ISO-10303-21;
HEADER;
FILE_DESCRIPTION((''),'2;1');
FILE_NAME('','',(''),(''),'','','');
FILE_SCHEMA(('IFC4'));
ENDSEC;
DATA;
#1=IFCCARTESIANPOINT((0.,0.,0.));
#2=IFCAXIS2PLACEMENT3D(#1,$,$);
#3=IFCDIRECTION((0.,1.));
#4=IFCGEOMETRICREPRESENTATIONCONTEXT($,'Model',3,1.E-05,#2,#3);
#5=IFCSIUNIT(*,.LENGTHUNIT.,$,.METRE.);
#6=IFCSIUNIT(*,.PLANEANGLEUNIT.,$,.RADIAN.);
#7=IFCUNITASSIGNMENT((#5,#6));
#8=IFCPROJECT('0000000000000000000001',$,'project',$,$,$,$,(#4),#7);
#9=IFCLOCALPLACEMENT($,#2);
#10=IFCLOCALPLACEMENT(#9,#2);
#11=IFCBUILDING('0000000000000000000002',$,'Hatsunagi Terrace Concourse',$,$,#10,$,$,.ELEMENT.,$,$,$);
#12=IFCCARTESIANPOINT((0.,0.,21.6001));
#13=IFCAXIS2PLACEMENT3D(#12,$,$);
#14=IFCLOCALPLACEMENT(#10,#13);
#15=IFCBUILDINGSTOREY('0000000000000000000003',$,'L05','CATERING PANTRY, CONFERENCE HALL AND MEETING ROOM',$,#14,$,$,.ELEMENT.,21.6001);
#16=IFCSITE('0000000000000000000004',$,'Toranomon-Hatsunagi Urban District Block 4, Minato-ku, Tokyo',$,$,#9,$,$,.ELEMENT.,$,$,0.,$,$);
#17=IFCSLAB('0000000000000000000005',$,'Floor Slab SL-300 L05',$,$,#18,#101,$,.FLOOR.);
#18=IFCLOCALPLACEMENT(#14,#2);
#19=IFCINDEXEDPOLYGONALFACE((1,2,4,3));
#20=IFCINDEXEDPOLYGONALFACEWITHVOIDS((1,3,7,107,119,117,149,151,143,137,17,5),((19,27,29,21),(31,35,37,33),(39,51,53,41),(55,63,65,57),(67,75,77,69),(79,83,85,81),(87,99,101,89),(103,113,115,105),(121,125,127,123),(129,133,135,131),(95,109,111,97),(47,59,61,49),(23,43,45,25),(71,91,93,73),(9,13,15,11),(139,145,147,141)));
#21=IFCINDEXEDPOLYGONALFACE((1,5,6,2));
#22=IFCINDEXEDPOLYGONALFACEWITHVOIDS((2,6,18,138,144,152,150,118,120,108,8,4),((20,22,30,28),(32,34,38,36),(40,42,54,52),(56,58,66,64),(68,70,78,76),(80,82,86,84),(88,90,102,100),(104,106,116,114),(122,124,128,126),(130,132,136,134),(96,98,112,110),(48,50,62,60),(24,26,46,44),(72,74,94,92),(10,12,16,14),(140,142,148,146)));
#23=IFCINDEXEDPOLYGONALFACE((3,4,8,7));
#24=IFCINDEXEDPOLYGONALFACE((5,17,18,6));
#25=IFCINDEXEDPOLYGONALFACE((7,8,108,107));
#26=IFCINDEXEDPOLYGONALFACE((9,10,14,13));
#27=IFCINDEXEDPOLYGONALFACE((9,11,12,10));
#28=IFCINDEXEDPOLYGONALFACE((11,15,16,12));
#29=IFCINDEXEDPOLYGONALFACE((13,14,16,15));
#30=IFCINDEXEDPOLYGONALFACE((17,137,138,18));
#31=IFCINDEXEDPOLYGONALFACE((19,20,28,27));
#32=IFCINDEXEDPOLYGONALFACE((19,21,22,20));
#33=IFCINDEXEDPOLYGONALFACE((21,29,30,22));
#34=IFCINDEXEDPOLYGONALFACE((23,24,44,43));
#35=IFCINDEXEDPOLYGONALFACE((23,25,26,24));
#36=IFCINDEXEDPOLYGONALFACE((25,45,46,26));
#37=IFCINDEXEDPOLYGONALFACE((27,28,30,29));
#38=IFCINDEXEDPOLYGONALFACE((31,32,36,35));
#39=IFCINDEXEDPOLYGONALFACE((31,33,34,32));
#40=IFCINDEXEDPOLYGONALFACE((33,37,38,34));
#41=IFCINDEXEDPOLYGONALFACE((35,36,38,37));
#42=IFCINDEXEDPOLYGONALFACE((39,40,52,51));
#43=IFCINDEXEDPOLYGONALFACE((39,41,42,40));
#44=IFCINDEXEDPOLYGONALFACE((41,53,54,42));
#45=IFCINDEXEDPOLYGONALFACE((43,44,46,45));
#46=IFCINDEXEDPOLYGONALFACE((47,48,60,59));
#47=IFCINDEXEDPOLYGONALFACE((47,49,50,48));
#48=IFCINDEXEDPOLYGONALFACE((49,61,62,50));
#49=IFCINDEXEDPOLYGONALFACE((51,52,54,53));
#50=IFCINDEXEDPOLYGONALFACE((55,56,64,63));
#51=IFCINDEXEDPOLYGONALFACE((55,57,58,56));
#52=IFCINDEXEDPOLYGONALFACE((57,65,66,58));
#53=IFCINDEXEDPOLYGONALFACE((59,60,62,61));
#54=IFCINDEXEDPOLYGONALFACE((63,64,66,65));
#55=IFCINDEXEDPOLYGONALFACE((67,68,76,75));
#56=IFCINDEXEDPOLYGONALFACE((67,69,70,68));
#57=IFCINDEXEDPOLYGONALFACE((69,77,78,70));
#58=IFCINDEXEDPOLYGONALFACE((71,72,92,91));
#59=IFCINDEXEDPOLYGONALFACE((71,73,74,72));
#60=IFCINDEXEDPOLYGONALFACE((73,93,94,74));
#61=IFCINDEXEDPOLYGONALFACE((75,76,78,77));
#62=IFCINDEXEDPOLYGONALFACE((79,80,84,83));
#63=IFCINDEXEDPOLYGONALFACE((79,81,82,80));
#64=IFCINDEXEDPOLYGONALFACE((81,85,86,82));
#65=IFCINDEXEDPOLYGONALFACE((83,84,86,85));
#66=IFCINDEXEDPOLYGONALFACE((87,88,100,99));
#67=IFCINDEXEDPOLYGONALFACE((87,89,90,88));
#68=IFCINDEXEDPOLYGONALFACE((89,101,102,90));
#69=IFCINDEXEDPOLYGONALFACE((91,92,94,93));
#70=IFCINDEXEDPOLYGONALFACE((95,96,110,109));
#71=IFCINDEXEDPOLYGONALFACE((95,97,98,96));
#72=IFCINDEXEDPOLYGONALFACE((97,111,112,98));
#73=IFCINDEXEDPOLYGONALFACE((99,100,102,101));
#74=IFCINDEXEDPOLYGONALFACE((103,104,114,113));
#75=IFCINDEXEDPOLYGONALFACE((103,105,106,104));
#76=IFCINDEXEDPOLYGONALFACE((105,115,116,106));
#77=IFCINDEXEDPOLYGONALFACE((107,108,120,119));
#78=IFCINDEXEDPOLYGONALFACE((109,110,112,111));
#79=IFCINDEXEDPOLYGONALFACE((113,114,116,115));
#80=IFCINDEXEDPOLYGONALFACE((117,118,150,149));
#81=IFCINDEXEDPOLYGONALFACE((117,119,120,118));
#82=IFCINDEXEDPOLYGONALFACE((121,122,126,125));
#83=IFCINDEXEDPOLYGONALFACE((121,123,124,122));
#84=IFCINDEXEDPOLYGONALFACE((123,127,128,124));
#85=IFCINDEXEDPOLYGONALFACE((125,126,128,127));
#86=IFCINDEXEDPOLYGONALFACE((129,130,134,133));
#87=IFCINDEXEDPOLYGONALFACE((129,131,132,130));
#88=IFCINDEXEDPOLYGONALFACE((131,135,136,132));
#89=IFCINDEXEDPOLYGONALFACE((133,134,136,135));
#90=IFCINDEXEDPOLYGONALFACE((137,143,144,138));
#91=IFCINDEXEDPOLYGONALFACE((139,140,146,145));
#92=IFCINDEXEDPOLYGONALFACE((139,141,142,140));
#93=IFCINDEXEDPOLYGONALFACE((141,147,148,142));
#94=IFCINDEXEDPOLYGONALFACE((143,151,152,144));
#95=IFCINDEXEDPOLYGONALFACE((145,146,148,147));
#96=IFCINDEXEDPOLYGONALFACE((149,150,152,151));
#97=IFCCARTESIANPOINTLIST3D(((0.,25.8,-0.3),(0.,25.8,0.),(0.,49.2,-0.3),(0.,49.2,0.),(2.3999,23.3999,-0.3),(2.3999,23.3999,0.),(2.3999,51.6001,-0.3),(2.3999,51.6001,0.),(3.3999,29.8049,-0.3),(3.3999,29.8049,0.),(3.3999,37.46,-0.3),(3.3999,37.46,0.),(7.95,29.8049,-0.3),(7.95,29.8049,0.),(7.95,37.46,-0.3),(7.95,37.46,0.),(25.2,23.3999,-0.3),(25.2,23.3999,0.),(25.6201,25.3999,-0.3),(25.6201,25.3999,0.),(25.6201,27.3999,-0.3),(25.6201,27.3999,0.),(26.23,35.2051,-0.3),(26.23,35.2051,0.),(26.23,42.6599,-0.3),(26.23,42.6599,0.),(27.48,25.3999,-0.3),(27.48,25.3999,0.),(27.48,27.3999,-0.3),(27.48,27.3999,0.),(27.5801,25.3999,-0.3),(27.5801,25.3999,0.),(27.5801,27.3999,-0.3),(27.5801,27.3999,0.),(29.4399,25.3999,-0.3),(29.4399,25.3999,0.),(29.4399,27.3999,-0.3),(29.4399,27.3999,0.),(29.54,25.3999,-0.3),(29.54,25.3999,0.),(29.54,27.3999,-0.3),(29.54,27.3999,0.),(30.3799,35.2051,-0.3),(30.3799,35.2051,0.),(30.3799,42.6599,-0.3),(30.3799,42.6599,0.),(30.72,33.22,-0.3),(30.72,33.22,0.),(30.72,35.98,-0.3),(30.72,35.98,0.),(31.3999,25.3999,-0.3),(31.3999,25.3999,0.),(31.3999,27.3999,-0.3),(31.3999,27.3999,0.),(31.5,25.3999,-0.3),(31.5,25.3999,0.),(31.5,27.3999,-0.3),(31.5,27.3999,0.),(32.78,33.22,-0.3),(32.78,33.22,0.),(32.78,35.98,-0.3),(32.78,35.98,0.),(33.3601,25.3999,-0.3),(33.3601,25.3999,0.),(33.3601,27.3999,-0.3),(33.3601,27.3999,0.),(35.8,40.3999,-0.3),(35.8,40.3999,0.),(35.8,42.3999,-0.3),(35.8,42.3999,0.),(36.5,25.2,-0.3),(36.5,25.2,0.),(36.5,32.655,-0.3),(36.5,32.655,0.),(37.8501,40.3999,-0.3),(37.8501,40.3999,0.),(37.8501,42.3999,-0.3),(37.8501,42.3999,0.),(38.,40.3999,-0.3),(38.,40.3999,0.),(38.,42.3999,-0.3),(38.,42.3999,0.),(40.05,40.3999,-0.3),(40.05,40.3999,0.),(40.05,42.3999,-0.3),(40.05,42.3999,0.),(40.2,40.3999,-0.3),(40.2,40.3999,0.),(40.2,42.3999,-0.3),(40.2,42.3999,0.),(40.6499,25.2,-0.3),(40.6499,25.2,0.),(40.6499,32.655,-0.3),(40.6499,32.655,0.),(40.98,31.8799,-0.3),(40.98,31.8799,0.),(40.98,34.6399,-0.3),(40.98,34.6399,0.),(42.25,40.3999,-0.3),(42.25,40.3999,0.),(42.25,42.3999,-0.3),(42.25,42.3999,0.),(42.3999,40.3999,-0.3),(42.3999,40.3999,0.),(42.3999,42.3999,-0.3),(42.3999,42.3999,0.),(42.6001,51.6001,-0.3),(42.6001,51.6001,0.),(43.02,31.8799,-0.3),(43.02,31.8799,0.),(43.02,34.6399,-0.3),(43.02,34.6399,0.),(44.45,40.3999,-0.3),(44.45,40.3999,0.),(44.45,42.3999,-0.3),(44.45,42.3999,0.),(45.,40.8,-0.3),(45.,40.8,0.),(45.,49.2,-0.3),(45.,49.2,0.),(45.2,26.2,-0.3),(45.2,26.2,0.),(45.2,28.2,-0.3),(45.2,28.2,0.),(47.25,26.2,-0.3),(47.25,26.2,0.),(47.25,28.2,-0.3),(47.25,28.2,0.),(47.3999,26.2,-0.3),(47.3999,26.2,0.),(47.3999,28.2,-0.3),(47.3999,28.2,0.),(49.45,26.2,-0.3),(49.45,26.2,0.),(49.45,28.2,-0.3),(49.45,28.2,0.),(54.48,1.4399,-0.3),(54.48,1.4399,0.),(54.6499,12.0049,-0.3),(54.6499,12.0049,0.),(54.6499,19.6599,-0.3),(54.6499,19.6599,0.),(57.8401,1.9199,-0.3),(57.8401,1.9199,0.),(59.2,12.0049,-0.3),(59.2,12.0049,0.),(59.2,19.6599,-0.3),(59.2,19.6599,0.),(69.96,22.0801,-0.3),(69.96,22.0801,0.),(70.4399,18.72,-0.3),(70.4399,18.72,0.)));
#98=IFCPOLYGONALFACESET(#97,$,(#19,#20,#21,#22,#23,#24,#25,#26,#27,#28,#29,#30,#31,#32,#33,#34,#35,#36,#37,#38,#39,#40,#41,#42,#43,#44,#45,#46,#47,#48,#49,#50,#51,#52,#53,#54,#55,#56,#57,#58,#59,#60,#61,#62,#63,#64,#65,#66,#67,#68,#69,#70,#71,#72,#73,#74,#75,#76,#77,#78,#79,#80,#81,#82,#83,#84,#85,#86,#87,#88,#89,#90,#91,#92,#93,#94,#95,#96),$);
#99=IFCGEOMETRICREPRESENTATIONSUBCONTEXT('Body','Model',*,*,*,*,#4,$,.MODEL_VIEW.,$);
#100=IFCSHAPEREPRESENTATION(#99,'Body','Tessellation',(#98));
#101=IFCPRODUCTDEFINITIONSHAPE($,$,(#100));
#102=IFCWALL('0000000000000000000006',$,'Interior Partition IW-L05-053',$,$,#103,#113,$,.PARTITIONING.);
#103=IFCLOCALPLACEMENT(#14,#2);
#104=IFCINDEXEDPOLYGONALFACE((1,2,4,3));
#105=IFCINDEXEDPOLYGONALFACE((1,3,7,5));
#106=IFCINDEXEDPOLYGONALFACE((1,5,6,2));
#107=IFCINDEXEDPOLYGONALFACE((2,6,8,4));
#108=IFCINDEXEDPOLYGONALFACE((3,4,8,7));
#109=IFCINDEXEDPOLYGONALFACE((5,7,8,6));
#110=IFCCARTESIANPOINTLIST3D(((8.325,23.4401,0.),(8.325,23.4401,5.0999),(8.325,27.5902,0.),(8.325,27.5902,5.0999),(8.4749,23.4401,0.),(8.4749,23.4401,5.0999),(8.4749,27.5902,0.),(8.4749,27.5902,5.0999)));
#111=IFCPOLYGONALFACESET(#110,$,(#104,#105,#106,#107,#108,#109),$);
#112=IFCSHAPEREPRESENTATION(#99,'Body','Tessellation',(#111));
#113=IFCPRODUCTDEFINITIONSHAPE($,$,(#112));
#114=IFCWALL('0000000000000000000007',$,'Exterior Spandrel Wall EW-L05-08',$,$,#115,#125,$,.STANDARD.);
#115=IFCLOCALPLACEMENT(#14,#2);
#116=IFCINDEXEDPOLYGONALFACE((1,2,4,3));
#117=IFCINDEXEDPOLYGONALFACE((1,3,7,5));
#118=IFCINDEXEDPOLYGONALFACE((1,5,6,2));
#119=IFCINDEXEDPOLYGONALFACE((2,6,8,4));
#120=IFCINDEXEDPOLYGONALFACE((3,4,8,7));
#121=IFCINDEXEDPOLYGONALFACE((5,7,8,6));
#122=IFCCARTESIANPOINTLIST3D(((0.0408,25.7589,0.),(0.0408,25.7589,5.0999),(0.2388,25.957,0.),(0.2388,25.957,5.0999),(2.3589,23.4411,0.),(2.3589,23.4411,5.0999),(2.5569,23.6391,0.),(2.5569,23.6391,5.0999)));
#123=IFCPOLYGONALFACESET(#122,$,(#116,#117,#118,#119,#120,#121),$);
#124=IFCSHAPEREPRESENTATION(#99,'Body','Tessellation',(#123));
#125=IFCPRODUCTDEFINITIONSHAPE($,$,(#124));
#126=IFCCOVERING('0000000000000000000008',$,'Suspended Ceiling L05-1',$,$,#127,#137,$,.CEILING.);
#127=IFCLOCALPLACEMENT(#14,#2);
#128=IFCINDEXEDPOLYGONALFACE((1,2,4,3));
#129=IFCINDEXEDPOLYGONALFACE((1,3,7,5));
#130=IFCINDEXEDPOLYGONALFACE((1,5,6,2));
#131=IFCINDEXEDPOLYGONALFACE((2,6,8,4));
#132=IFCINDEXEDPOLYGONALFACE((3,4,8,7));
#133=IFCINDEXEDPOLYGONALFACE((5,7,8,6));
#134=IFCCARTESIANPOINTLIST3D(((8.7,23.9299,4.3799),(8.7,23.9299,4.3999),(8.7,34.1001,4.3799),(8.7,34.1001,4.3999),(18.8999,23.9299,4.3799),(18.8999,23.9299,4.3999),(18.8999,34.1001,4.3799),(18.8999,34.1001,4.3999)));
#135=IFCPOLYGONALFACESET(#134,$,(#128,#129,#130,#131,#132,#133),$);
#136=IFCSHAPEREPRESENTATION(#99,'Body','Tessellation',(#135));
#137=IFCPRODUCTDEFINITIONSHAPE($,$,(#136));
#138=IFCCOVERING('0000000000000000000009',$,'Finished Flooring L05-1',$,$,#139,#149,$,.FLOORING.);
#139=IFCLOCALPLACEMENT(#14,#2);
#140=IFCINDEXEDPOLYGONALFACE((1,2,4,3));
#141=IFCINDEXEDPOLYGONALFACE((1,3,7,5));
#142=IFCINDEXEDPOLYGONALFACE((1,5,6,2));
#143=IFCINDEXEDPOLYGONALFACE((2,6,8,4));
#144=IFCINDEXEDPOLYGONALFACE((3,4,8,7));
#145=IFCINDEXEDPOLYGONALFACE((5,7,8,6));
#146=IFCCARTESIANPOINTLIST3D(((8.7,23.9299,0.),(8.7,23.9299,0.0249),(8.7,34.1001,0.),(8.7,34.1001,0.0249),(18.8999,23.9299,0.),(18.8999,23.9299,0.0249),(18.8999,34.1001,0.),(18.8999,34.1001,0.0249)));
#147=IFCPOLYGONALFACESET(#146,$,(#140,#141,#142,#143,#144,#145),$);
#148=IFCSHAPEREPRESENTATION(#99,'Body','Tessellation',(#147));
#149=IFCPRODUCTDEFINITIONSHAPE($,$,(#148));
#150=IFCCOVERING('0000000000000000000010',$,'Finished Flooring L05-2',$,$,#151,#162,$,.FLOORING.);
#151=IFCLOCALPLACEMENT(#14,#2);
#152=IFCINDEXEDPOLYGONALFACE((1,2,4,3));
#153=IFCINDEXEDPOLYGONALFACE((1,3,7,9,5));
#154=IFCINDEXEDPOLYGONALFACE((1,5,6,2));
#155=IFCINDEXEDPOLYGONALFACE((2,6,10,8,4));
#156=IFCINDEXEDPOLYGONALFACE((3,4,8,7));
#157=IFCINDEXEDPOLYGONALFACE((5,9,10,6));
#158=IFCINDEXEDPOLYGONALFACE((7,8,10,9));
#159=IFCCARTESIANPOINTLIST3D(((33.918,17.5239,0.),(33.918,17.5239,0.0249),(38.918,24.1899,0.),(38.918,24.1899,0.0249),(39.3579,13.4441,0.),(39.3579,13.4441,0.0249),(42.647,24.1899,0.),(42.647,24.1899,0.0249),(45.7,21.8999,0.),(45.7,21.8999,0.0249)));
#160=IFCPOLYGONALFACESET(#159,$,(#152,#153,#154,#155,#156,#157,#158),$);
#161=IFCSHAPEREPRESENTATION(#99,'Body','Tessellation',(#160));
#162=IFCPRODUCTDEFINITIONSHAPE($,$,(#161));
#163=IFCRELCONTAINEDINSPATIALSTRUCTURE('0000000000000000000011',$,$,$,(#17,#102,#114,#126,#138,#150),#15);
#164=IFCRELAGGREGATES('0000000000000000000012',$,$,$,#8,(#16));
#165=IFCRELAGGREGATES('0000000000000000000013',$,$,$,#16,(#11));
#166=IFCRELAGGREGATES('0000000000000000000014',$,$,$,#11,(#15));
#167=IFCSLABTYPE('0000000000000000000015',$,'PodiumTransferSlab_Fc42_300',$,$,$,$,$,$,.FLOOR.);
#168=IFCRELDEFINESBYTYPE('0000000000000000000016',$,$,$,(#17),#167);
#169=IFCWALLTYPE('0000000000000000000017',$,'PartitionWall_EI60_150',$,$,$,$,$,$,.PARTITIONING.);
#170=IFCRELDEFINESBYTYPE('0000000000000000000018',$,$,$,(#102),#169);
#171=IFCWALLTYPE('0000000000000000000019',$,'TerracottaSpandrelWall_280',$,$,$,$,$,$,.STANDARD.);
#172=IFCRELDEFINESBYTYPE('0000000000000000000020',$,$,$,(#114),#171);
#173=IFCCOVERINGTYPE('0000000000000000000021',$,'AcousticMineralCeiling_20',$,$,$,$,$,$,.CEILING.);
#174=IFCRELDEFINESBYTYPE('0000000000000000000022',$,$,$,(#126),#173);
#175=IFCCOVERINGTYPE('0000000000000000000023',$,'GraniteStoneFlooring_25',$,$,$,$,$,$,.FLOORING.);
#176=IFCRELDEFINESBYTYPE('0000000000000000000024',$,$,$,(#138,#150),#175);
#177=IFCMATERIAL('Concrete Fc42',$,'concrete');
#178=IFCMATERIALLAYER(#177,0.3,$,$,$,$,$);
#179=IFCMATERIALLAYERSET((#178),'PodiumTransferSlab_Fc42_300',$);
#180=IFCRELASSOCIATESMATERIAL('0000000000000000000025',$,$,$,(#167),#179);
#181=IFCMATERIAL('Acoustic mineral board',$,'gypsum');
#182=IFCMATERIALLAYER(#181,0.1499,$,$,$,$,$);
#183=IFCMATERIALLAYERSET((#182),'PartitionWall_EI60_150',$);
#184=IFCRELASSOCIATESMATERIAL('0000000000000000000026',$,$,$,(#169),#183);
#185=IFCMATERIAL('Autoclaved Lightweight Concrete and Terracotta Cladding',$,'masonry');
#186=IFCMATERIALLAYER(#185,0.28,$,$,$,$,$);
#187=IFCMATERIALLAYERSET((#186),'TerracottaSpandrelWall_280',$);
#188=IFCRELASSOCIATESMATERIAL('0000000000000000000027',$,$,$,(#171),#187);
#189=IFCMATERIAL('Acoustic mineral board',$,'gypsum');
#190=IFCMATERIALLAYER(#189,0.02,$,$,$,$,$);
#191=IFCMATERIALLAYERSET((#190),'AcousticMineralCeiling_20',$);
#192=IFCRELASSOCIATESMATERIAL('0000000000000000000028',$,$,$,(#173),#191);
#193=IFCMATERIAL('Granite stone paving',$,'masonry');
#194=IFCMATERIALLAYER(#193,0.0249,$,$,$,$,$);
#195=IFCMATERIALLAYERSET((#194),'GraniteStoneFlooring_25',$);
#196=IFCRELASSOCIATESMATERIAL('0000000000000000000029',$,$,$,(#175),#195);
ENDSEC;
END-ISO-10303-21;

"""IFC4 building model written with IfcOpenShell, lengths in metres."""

from ifc_helpers import new_model, si_unit, direction, frame, frame_2d, origin, place, context, subcontext, project, spatial, polyline, rectangle, outline, extrude, material, layer, layer_set, type_object, element, save


model = new_model("IFC4")

# Units and contexts
model_context = context("Model", 3, precision=1e-05, world=origin(), true_north=direction((0.0, 1.0)))
body_context = subcontext(model_context, "Body", "Model", "MODEL_VIEW")
ifc_project = project(units=[si_unit("LENGTHUNIT", "METRE"), si_unit("PLANEANGLEUNIT", "RADIAN")], contexts=[model_context])

# Site, building, storey
site_placement = place(None, origin())
site = spatial("IfcSite", under=ifc_project, at=site_placement, Name="Toranomon-Hatsunagi Urban District Block 4, Minato-ku, Tokyo", CompositionType="ELEMENT", RefElevation=0.0)
building_placement = place(site_placement, origin())
building = spatial("IfcBuilding", under=site, at=building_placement, Name="Hatsunagi Terrace Concourse", CompositionType="ELEMENT")
storey_placement = place(building_placement, frame((0.0, 0.0, 21.6001)))
storey = spatial("IfcBuildingStorey", under=building, at=storey_placement, Name="L05", Description="CATERING PANTRY, CONFERENCE HALL AND MEETING ROOM", CompositionType="ELEMENT", Elevation=21.6001)

# Slab
ifc_material_1 = material(Name="Concrete Fc42", Category="concrete")
ifc_layer_1 = layer(ifc_material_1, 0.3)
ifc_layer_set_1 = layer_set([ifc_layer_1], Name="PodiumTransferSlab_Fc42_300")
slab_type_1 = type_object("IfcSlabType", Name="PodiumTransferSlab_Fc42_300", PredefinedType="FLOOR", material=ifc_layer_set_1)
slab_1_placement = place(storey_placement, frame((0.0, 0.0, -0.3)))
element("IfcSlab", 1, at=slab_1_placement, inside=storey, type_object=slab_type_1, Name="Floor Slab SL-300 L05", PredefinedType="FLOOR", context=body_context, shape_type="SweptSolid", body=[
    extrude(outline(polyline([(45.0, 40.8), (45.0, 49.2), (42.6001, 51.6001), (2.3999, 51.6001), (0.0, 49.2), (0.0, 25.8), (2.3999, 23.3999), (25.2, 23.3999), (54.48, 1.4399), (57.8401, 1.9199), (70.4399, 18.72), (69.96, 22.0801), (45.0, 40.8)]), holes=[polyline([(26.23, 35.2051), (30.3799, 35.2051), (30.3799, 42.6599), (26.23, 42.6599), (26.23, 35.2051)]), polyline([(36.5, 25.2), (40.6499, 25.2), (40.6499, 32.655), (36.5, 32.655), (36.5, 25.2)]), polyline([(3.3999, 29.8049), (7.95, 29.8049), (7.95, 37.46), (3.3999, 37.46), (3.3999, 29.8049)]), polyline([(54.6499, 12.0049), (59.2, 12.0049), (59.2, 19.6599), (54.6499, 19.6599), (54.6499, 12.0049)]), polyline([(30.72, 33.22), (32.78, 33.22), (32.78, 35.98), (30.72, 35.98), (30.72, 33.22)]), polyline([(40.98, 31.8799), (43.02, 31.8799), (43.02, 34.6399), (40.98, 34.6399), (40.98, 31.8799)]), polyline([(25.6201, 25.3999), (27.48, 25.3999), (27.48, 27.3999), (25.6201, 27.3999), (25.6201, 25.3999)]), polyline([(27.5801, 25.3999), (29.4399, 25.3999), (29.4399, 27.3999), (27.5801, 27.3999), (27.5801, 25.3999)]), polyline([(29.54, 25.3999), (31.3999, 25.3999), (31.3999, 27.3999), (29.54, 27.3999), (29.54, 25.3999)]), polyline([(31.5, 25.3999), (33.3601, 25.3999), (33.3601, 27.3999), (31.5, 27.3999), (31.5, 25.3999)]), polyline([(35.8, 40.3999), (37.8501, 40.3999), (37.8501, 42.3999), (35.8, 42.3999), (35.8, 40.3999)]), polyline([(38.0, 40.3999), (40.05, 40.3999), (40.05, 42.3999), (38.0, 42.3999), (38.0, 40.3999)]), polyline([(40.2, 40.3999), (42.25, 40.3999), (42.25, 42.3999), (40.2, 42.3999), (40.2, 40.3999)]), polyline([(42.3999, 40.3999), (44.45, 40.3999), (44.45, 42.3999), (42.3999, 42.3999), (42.3999, 40.3999)]), polyline([(45.2, 26.2), (47.25, 26.2), (47.25, 28.2), (45.2, 28.2), (45.2, 26.2)]), polyline([(47.3999, 26.2), (49.45, 26.2), (49.45, 28.2), (47.3999, 28.2), (47.3999, 26.2)])]), origin(), (0.0, 0.0, 1.0), 0.3),
])

# Walls
ifc_material_2 = material(Name="Acoustic mineral board", Category="gypsum")
ifc_layer_2 = layer(ifc_material_2, 0.1499)
ifc_layer_set_2 = layer_set([ifc_layer_2], Name="PartitionWall_EI60_150")
wall_type_1 = type_object("IfcWallType", Name="PartitionWall_EI60_150", PredefinedType="PARTITIONING", material=ifc_layer_set_2)
wall_1_placement = place(storey_placement, frame((8.3999, 23.4399, 0.0), z_axis=(0.0, 0.0, 1.0), x_axis=(0.0, 1.0, 0.0)))
element("IfcWall", 2, at=wall_1_placement, inside=storey, type_object=wall_type_1, Name="Interior Partition IW-L05-053", PredefinedType="PARTITIONING", context=body_context, shape_type="SweptSolid", body=[
    extrude(rectangle(XDim=4.1501, YDim=0.1499, at=frame_2d((2.0752, 0.0))), origin(), (0.0, 0.0, 1.0), 5.0999),
])
ifc_material_3 = material(Name="Autoclaved Lightweight Concrete and Terracotta Cladding", Category="masonry")
ifc_layer_3 = layer(ifc_material_3, 0.28)
ifc_layer_set_3 = layer_set([ifc_layer_3], Name="TerracottaSpandrelWall_280")
wall_type_2 = type_object("IfcWallType", Name="TerracottaSpandrelWall_280", PredefinedType="STANDARD", material=ifc_layer_set_3)
wall_2_placement = place(storey_placement, frame((2.458, 23.54, 0.0), z_axis=(0.0, 0.0, 1.0), x_axis=(-0.707144, 0.70707, 0.0)))
element("IfcWall", 3, at=wall_2_placement, inside=storey, type_object=wall_type_2, Name="Exterior Spandrel Wall EW-L05-08", PredefinedType="STANDARD", context=body_context, shape_type="SweptSolid", body=[
    extrude(rectangle(XDim=3.2781, YDim=0.28, at=frame_2d((1.6392, 0.0))), origin(), (0.0, 0.0, 1.0), 5.0999),
])

# Coverings
ifc_material_4 = material(Name="Acoustic mineral board", Category="gypsum")
ifc_layer_4 = layer(ifc_material_4, 0.02)
ifc_layer_set_4 = layer_set([ifc_layer_4], Name="AcousticMineralCeiling_20")
covering_type_1 = type_object("IfcCoveringType", Name="AcousticMineralCeiling_20", PredefinedType="CEILING", material=ifc_layer_set_4)
covering_1_placement = place(storey_placement, frame((0.0, 0.0, 4.3799)))
element("IfcCovering", 4, at=covering_1_placement, inside=storey, type_object=covering_type_1, Name="Suspended Ceiling L05-1", PredefinedType="CEILING", context=body_context, shape_type="SweptSolid", body=[
    extrude(outline(polyline([(8.7, 23.9299), (18.8999, 23.9299), (18.8999, 34.1001), (8.7, 34.1001), (8.7, 23.9299)])), origin(), (0.0, 0.0, 1.0), 0.02),
])
ifc_material_5 = material(Name="Granite stone paving", Category="masonry")
ifc_layer_5 = layer(ifc_material_5, 0.0249)
ifc_layer_set_5 = layer_set([ifc_layer_5], Name="GraniteStoneFlooring_25")
covering_type_2 = type_object("IfcCoveringType", Name="GraniteStoneFlooring_25", PredefinedType="FLOORING", material=ifc_layer_set_5)
covering_2_placement = place(storey_placement, origin())
element("IfcCovering", 5, at=covering_2_placement, inside=storey, type_object=covering_type_2, Name="Finished Flooring L05-1", PredefinedType="FLOORING", context=body_context, shape_type="SweptSolid", body=[
    extrude(outline(polyline([(8.7, 23.9299), (18.8999, 23.9299), (18.8999, 34.1001), (8.7, 34.1001), (8.7, 23.9299)])), origin(), (0.0, 0.0, 1.0), 0.0249),
])
covering_3_placement = place(storey_placement, origin())
element("IfcCovering", 6, at=covering_3_placement, inside=storey, type_object=covering_type_2, Name="Finished Flooring L05-2", PredefinedType="FLOORING", context=body_context, shape_type="SweptSolid", body=[
    extrude(outline(polyline([(33.918, 17.5239), (39.3579, 13.4441), (45.7, 21.8999), (42.647, 24.1899), (38.918, 24.1899), (33.918, 17.5239)])), origin(), (0.0, 0.0, 1.0), 0.0249),
])

save(model, "model.ifc")
